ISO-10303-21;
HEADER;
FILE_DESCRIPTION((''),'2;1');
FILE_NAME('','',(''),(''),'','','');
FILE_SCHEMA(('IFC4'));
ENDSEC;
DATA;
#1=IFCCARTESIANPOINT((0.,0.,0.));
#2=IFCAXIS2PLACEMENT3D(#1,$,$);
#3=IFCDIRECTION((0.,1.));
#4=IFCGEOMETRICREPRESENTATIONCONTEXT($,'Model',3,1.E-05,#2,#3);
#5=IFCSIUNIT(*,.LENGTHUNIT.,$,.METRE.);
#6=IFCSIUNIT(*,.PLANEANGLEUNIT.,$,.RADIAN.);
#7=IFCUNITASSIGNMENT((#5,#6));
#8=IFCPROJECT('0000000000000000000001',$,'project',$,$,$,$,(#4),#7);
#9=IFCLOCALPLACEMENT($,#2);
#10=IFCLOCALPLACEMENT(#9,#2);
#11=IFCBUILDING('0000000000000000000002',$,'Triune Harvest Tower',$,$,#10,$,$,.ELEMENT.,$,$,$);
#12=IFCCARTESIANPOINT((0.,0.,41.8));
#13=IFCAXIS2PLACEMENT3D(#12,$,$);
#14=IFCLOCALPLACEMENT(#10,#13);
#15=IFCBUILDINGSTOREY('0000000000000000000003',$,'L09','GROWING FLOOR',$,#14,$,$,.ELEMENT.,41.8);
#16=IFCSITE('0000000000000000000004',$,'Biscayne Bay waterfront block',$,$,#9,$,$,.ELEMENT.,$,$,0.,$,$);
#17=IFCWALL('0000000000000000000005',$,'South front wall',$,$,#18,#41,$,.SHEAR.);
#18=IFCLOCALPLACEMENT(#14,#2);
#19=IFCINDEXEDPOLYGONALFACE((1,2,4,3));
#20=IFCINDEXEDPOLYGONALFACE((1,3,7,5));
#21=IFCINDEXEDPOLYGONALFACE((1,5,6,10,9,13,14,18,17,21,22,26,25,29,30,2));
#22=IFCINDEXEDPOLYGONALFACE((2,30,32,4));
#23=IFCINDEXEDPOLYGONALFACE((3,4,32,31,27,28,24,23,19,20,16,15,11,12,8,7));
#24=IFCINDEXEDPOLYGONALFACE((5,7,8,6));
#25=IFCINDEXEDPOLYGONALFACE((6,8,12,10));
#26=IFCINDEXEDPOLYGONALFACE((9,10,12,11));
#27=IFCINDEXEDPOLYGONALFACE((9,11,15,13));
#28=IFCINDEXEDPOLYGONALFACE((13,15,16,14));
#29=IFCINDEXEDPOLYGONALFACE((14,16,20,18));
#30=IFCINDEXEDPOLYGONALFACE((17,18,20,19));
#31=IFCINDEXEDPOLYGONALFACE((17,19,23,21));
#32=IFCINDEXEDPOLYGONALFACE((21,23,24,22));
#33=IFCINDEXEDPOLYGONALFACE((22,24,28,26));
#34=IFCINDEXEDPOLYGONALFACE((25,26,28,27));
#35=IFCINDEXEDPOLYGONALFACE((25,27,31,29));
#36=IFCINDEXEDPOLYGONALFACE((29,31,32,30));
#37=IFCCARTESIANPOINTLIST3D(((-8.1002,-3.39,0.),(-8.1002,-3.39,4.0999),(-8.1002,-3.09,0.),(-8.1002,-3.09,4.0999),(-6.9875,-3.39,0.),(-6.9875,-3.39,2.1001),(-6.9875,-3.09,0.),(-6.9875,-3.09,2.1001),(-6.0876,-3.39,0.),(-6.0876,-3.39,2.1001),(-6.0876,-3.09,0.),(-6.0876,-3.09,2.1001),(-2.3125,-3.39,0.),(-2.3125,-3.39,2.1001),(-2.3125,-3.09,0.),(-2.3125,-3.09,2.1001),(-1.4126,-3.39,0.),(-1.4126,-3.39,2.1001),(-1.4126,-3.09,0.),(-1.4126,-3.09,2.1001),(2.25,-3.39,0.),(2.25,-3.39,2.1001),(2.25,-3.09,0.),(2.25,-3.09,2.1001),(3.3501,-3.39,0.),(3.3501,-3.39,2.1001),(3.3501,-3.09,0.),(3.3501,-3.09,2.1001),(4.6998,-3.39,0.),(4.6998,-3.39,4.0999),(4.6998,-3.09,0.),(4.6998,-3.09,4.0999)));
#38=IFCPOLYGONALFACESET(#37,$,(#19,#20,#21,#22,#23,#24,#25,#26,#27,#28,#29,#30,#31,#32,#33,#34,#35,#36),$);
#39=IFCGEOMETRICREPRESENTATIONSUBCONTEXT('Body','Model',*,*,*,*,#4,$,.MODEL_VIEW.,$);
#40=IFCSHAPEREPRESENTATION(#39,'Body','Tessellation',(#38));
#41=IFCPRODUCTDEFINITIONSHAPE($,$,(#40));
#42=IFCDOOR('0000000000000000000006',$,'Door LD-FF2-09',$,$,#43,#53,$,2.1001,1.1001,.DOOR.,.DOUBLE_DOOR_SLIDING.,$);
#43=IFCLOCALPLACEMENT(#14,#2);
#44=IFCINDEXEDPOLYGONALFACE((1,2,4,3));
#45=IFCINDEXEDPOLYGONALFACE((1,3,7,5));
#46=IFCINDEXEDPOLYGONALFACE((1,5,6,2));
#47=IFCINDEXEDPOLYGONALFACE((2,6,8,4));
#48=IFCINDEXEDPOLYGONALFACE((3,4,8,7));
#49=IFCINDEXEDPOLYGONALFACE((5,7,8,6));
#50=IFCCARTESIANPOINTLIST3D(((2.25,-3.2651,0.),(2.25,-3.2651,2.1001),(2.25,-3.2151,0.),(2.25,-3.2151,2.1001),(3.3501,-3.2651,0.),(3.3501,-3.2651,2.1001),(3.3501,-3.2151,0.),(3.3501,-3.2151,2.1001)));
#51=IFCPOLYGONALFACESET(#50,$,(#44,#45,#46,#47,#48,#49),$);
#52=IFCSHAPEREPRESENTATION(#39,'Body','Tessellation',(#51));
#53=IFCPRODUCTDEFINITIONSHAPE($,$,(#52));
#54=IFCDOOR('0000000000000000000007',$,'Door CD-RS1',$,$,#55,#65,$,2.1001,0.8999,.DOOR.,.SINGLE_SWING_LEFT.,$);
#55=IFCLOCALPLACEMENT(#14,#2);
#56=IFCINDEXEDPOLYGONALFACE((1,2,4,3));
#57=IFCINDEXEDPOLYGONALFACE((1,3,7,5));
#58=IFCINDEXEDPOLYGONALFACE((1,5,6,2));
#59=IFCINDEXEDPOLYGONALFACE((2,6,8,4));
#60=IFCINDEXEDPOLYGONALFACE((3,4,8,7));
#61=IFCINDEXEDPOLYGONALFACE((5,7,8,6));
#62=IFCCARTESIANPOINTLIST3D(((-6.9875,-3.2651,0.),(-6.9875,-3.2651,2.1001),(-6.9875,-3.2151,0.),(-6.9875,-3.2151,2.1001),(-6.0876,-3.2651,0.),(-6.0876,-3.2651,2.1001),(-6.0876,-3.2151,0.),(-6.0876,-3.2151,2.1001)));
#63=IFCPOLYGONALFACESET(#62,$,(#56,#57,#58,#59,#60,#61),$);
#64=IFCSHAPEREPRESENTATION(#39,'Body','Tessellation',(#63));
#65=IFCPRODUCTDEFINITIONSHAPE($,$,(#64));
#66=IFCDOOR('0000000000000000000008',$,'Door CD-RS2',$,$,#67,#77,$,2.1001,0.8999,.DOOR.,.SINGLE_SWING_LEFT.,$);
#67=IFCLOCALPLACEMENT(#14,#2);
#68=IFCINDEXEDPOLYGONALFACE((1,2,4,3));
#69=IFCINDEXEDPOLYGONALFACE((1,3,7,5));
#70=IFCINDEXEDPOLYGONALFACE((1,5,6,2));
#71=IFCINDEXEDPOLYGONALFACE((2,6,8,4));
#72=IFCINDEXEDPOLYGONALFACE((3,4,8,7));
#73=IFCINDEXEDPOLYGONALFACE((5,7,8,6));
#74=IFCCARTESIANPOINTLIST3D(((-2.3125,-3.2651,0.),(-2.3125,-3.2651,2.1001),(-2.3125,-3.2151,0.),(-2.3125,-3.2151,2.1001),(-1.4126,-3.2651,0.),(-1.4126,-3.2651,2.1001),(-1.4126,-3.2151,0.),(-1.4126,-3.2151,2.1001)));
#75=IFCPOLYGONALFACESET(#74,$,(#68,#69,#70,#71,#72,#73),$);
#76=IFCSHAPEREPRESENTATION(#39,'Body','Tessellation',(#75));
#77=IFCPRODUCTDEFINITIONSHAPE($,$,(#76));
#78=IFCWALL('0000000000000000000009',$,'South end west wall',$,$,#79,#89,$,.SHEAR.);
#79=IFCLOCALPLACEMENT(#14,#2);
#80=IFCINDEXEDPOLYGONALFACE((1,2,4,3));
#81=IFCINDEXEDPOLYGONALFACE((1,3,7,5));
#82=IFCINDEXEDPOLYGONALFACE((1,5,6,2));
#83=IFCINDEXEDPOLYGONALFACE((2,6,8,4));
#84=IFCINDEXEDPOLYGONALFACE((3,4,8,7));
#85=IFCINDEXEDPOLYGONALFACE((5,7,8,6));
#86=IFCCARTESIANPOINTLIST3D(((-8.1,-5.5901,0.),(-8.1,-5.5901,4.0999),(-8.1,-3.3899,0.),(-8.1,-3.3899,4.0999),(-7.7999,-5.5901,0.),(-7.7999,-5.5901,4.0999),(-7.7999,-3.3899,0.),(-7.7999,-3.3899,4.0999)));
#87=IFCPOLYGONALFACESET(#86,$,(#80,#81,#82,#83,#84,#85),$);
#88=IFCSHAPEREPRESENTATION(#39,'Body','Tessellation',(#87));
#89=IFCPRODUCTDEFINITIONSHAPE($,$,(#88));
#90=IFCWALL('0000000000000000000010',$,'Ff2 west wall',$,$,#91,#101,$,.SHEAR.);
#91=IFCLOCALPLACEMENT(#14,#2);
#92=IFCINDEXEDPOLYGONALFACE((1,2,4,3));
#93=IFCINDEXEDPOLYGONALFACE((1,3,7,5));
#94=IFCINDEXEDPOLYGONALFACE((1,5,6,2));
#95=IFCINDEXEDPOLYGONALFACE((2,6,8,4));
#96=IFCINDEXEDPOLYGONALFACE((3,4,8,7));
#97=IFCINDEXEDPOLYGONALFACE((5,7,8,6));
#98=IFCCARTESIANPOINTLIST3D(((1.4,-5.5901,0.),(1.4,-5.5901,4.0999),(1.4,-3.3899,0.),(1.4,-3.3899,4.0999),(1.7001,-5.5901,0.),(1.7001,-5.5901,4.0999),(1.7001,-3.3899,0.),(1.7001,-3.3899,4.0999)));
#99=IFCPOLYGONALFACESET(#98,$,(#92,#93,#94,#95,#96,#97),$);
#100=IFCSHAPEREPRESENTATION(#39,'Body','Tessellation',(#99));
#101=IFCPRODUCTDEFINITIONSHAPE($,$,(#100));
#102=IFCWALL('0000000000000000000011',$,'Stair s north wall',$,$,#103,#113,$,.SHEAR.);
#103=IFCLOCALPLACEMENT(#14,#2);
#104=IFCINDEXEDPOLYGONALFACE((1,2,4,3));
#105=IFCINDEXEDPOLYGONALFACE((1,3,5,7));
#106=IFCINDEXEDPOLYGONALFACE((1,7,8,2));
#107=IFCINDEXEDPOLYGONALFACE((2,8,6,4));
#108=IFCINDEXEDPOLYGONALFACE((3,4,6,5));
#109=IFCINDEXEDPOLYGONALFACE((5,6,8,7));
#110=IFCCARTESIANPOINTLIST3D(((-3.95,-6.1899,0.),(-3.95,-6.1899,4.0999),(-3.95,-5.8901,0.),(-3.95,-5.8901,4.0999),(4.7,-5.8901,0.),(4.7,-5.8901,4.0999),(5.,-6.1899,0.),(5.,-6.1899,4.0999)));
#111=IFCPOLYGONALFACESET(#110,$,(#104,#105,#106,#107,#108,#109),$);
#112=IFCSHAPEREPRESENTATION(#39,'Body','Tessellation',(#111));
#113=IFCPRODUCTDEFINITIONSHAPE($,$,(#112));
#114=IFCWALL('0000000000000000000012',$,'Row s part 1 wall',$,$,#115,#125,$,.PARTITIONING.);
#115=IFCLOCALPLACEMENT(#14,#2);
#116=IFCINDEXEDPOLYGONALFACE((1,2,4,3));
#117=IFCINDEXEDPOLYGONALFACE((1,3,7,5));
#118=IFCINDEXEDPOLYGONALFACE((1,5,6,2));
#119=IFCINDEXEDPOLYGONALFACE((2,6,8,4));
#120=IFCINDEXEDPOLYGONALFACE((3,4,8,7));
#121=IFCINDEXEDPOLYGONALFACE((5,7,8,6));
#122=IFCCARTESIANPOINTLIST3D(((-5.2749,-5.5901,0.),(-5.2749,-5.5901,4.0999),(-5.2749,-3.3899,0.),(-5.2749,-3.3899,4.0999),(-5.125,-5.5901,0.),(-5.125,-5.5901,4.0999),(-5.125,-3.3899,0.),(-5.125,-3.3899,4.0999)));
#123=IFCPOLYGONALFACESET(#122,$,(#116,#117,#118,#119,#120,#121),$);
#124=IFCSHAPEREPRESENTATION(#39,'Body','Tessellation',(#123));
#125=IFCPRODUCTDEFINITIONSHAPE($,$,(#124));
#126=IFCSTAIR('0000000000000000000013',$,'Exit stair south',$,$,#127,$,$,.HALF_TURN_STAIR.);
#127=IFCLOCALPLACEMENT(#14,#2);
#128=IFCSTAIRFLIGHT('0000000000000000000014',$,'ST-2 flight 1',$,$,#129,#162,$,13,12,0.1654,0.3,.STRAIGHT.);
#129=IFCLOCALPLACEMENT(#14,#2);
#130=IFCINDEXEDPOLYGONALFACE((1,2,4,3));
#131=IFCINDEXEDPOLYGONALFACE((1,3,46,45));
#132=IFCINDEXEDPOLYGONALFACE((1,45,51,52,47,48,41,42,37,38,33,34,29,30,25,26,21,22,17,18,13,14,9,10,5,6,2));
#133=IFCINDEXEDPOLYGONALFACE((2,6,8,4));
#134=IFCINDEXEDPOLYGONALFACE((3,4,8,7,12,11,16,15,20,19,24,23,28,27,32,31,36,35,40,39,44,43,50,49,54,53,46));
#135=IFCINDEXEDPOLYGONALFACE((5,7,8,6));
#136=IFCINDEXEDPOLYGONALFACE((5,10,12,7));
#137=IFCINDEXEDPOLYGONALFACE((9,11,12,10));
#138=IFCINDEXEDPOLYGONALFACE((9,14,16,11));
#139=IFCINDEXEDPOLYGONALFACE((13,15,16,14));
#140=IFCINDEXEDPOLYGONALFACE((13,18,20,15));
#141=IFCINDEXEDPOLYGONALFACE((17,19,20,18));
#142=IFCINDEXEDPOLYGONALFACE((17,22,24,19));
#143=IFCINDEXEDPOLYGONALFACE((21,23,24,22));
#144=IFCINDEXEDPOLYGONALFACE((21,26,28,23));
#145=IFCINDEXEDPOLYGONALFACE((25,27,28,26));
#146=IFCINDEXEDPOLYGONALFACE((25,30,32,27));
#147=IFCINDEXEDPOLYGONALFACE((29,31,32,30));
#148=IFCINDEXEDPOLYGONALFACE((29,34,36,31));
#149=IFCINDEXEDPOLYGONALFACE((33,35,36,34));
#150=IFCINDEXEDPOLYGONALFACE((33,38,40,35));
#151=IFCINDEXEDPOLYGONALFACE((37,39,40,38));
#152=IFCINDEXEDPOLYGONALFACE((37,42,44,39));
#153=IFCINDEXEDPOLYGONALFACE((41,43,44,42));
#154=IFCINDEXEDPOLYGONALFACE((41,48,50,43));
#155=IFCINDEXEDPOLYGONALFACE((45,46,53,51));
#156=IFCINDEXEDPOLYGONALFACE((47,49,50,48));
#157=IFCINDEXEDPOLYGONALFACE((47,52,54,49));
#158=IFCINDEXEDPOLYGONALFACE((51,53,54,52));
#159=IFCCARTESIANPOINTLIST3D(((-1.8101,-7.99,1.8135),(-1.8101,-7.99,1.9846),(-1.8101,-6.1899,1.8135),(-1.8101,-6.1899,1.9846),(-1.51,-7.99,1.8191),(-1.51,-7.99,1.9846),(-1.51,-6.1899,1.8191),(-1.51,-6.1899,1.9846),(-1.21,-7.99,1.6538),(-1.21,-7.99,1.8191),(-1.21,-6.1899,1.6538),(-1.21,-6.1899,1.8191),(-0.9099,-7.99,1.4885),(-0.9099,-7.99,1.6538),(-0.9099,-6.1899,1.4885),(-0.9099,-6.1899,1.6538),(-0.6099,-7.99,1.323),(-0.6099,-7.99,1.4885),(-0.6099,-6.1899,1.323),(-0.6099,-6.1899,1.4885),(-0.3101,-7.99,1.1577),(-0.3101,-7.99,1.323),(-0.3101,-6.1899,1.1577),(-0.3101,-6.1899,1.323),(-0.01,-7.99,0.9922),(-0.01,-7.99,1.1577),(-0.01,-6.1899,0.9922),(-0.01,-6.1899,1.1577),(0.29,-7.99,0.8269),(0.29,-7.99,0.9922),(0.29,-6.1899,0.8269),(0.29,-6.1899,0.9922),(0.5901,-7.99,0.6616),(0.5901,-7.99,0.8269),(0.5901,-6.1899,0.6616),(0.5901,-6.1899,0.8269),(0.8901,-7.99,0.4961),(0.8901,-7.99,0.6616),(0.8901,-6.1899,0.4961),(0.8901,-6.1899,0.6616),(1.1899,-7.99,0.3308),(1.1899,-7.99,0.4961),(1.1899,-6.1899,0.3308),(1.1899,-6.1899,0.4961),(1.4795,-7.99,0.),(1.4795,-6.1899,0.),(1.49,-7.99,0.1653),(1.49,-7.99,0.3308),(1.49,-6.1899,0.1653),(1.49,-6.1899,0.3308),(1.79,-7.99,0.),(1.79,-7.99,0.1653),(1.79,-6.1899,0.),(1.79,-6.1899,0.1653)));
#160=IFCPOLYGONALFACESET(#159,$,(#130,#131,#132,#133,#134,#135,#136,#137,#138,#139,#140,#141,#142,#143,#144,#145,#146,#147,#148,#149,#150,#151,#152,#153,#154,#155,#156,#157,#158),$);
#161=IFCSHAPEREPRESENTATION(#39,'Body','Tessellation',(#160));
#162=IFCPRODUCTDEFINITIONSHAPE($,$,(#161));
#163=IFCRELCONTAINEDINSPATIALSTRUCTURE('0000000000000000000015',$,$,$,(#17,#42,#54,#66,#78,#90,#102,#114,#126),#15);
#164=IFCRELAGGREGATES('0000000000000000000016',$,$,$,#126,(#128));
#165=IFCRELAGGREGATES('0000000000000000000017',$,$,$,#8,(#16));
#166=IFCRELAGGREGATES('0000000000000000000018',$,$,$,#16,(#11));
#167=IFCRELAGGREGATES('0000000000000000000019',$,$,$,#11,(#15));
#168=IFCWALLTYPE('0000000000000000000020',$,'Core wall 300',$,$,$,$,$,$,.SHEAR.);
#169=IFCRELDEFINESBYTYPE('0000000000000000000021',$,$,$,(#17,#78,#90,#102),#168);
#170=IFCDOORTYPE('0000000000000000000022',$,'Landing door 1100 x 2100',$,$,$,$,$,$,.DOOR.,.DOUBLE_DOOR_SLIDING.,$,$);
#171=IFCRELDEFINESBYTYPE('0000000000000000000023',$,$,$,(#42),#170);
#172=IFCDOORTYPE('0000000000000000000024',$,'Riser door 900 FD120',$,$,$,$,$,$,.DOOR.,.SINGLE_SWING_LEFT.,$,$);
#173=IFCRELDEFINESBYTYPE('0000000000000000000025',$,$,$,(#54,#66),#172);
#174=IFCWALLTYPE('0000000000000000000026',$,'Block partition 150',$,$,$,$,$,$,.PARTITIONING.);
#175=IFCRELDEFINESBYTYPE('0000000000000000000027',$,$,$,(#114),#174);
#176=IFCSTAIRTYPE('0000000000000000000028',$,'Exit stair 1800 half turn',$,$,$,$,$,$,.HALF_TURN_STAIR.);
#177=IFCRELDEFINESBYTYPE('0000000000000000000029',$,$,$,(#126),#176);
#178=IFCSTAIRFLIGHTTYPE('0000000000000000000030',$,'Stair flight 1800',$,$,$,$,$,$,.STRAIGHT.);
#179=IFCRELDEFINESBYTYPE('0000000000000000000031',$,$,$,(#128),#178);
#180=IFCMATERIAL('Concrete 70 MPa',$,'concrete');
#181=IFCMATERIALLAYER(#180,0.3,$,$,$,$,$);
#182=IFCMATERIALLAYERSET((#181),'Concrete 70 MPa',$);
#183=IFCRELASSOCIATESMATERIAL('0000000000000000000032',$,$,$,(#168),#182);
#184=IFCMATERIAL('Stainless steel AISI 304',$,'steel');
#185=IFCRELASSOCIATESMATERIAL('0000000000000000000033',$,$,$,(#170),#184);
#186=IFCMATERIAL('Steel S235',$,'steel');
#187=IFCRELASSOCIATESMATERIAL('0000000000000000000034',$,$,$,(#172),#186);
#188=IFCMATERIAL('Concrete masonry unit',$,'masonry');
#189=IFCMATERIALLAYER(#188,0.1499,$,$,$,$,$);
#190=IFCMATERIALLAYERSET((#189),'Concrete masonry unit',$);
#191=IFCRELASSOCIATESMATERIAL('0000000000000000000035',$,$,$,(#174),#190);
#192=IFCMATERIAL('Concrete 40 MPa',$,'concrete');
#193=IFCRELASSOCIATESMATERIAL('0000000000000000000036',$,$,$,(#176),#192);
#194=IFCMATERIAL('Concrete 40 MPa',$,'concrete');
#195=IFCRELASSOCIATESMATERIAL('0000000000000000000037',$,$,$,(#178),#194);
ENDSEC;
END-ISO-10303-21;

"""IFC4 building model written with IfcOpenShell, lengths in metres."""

from ifc_helpers import new_model, si_unit, direction, frame, frame_2d, origin, place, context, subcontext, project, spatial, polyline, rectangle, outline, extrude, source, transform, mapped, material, layer, layer_set, type_object, element, fill, aggregate, save


model = new_model("IFC4")

# Units and contexts
model_context = context("Model", 3, precision=1e-05, world=origin(), true_north=direction((0.0, 1.0)))
body_context = subcontext(model_context, "Body", "Model", "MODEL_VIEW")
ifc_project = project(units=[si_unit("LENGTHUNIT", "METRE"), si_unit("PLANEANGLEUNIT", "RADIAN")], contexts=[model_context])

# Site, building, storey
site_placement = place(None, origin())
site = spatial("IfcSite", under=ifc_project, at=site_placement, Name="Biscayne Bay waterfront block", CompositionType="ELEMENT", RefElevation=0.0)
building_placement = place(site_placement, origin())
building = spatial("IfcBuilding", under=site, at=building_placement, Name="Triune Harvest Tower", CompositionType="ELEMENT")
storey_placement = place(building_placement, frame((0.0, 0.0, 41.8)))
storey = spatial("IfcBuildingStorey", under=building, at=storey_placement, Name="L09", Description="GROWING FLOOR", CompositionType="ELEMENT", Elevation=41.8)

# Shared definitions
ifc_material_1 = material(Name="Concrete 70 MPa", Category="concrete")
ifc_layer_1 = layer(ifc_material_1, 0.3)
ifc_layer_set_1 = layer_set([ifc_layer_1], Name="Concrete 70 MPa")
wall_type_1 = type_object("IfcWallType", Name="Core wall 300", PredefinedType="SHEAR", material=ifc_layer_set_1)

# Wall, openings, doors
shared_shape_1 = source(origin(), body_context, "Body", "SweptSolid", [
    extrude(rectangle(XDim=12.8, YDim=0.3, at=frame_2d((6.3999, 0.0))), origin(), (0.0, 0.0, 1.0), 4.0999),
])
wall_1_placement = place(storey_placement, frame((-8.1001, -3.24, 0.0), z_axis=(0.0, 0.0, 1.0), x_axis=(1.0, 0.0, 0.0)))
wall_1 = element("IfcWall", 1, at=wall_1_placement, inside=storey, type_object=wall_type_1, Name="South front wall", PredefinedType="SHEAR", context=body_context, shape_type="MappedRepresentation", body=[
    mapped(shared_shape_1, transform((0.0, 0.0, 0.0), scale=1.0)),
])
opening_1_placement = place(wall_1_placement, frame((1.1125, 0.0, 0.0)))
opening_1 = element("IfcOpeningElement", 2, at=opening_1_placement, cuts=wall_1, PredefinedType="OPENING", context=body_context, shape_type="SweptSolid", body=[
    extrude(rectangle(XDim=0.8999, YDim=2.1001, at=frame_2d((0.45, 1.05))), frame((0.0, 0.1602, 0.0), z_axis=(0.0, -1.0, 0.0), x_axis=(1.0, 0.0, 0.0)), (0.0, 0.0, 1.0), 0.3201),
])
opening_2_placement = place(wall_1_placement, frame((5.7876, 0.0, 0.0)))
opening_2 = element("IfcOpeningElement", 3, at=opening_2_placement, cuts=wall_1, PredefinedType="OPENING", context=body_context, shape_type="SweptSolid", body=[
    extrude(rectangle(XDim=0.8999, YDim=2.1001, at=frame_2d((0.45, 1.05))), frame((0.0, 0.1602, 0.0), z_axis=(0.0, -1.0, 0.0), x_axis=(1.0, 0.0, 0.0)), (0.0, 0.0, 1.0), 0.3201),
])
opening_3_placement = place(wall_1_placement, frame((10.3501, 0.0, 0.0)))
opening_3 = element("IfcOpeningElement", 4, at=opening_3_placement, cuts=wall_1, PredefinedType="OPENING", context=body_context, shape_type="SweptSolid", body=[
    extrude(rectangle(XDim=1.1001, YDim=2.1001, at=frame_2d((0.55, 1.05))), frame((0.0, 0.1602, 0.0), z_axis=(0.0, -1.0, 0.0), x_axis=(1.0, 0.0, 0.0)), (0.0, 0.0, 1.0), 0.3201),
])
ifc_material_2 = material(Name="Stainless steel AISI 304", Category="steel")
door_type_1 = type_object("IfcDoorType", Name="Landing door 1100 x 2100", OperationType="DOUBLE_DOOR_SLIDING", PredefinedType="DOOR", material=ifc_material_2)
door_1_placement = place(opening_3_placement, origin())
door_1 = element("IfcDoor", 5, at=door_1_placement, inside=storey, type_object=door_type_1, Name="Door LD-FF2-09", OperationType="DOUBLE_DOOR_SLIDING", OverallHeight=2.1001, OverallWidth=1.1001, PredefinedType="DOOR", context=body_context, shape_type="SweptSolid", body=[
    extrude(rectangle(XDim=1.1001, YDim=2.1001, at=frame_2d((0.55, 1.05))), frame((0.0, 0.0249, 0.0), z_axis=(0.0, -1.0, 0.0), x_axis=(1.0, 0.0, 0.0)), (0.0, 0.0, 1.0), 0.05),
])
fill(opening_3, door_1)
ifc_material_3 = material(Name="Steel S235", Category="steel")
door_type_2 = type_object("IfcDoorType", Name="Riser door 900 FD120", OperationType="SINGLE_SWING_LEFT", PredefinedType="DOOR", material=ifc_material_3)
door_2_placement = place(opening_1_placement, origin())
door_2 = element("IfcDoor", 6, at=door_2_placement, inside=storey, type_object=door_type_2, Name="Door CD-RS1", OperationType="SINGLE_SWING_LEFT", OverallHeight=2.1001, OverallWidth=0.8999, PredefinedType="DOOR", context=body_context, shape_type="SweptSolid", body=[
    extrude(rectangle(XDim=0.8999, YDim=2.1001, at=frame_2d((0.45, 1.05))), frame((0.0, 0.0249, 0.0), z_axis=(0.0, -1.0, 0.0), x_axis=(1.0, 0.0, 0.0)), (0.0, 0.0, 1.0), 0.05),
])
fill(opening_1, door_2)
door_3_placement = place(opening_2_placement, origin())
door_3 = element("IfcDoor", 7, at=door_3_placement, inside=storey, type_object=door_type_2, Name="Door CD-RS2", OperationType="SINGLE_SWING_LEFT", OverallHeight=2.1001, OverallWidth=0.8999, PredefinedType="DOOR", context=body_context, shape_type="SweptSolid", body=[
    extrude(rectangle(XDim=0.8999, YDim=2.1001, at=frame_2d((0.45, 1.05))), frame((0.0, 0.0249, 0.0), z_axis=(0.0, -1.0, 0.0), x_axis=(1.0, 0.0, 0.0)), (0.0, 0.0, 1.0), 0.05),
])
fill(opening_2, door_3)

# Walls
shared_shape_2 = source(origin(), body_context, "Body", "SweptSolid", [
    extrude(rectangle(XDim=2.2002, YDim=0.3, at=frame_2d((1.1001, 0.0))), origin(), (0.0, 0.0, 1.0), 4.0999),
])
for number, where, z_axis, x_axis, name in (
    (8, (-7.95, -5.5901, 0.0), (0.0, 0.0, 1.0), (0.0, 1.0, 0.0), "South end west wall"),
    (9, (1.55, -5.5901, 0.0), (0.0, 0.0, 1.0), (0.0, 1.0, 0.0), "Ff2 west wall"),
):
    element("IfcWall", number, at=place(storey_placement, frame(where, z_axis=z_axis, x_axis=x_axis)), inside=storey, type_object=wall_type_1, Name=name, PredefinedType="SHEAR", context=body_context, shape_type="MappedRepresentation", body=[
        mapped(shared_shape_2, transform((0.0, 0.0, 0.0), scale=1.0)),
    ])
shared_shape_3 = source(origin(), body_context, "Body", "SweptSolid", [
    extrude(outline(polyline([(0.0, -0.1499), (8.95, -0.1499), (8.6499, 0.1499), (0.0, 0.1499), (0.0, -0.1499)])), origin(), (0.0, 0.0, 1.0), 4.0999),
])
wall_2_placement = place(storey_placement, frame((-3.95, -6.04, 0.0), z_axis=(0.0, 0.0, 1.0), x_axis=(1.0, 0.0, 0.0)))
element("IfcWall", 10, at=wall_2_placement, inside=storey, type_object=wall_type_1, Name="Stair s north wall", PredefinedType="SHEAR", context=body_context, shape_type="MappedRepresentation", body=[
    mapped(shared_shape_3, transform((0.0, 0.0, 0.0), scale=1.0)),
])
ifc_material_4 = material(Name="Concrete masonry unit", Category="masonry")
ifc_layer_2 = layer(ifc_material_4, 0.1499)
ifc_layer_set_2 = layer_set([ifc_layer_2], Name="Concrete masonry unit")
wall_type_2 = type_object("IfcWallType", Name="Block partition 150", PredefinedType="PARTITIONING", material=ifc_layer_set_2)
shared_shape_4 = source(origin(), body_context, "Body", "SweptSolid", [
    extrude(rectangle(XDim=2.2002, YDim=0.1499, at=frame_2d((1.1001, 0.0))), origin(), (0.0, 0.0, 1.0), 4.0999),
])
wall_3_placement = place(storey_placement, frame((-5.2, -5.5901, 0.0), z_axis=(0.0, 0.0, 1.0), x_axis=(0.0, 1.0, 0.0)))
element("IfcWall", 11, at=wall_3_placement, inside=storey, type_object=wall_type_2, Name="Row s part 1 wall", PredefinedType="PARTITIONING", context=body_context, shape_type="MappedRepresentation", body=[
    mapped(shared_shape_4, transform((0.0, 0.0, 0.0), scale=1.0)),
])

# Stair, stair flight
ifc_material_5 = material(Name="Concrete 40 MPa", Category="concrete")
stair_type = type_object("IfcStairType", Name="Exit stair 1800 half turn", PredefinedType="HALF_TURN_STAIR", material=ifc_material_5)
stair_placement = place(storey_placement, origin())
stair = element("IfcStair", 12, at=stair_placement, inside=storey, type_object=stair_type, Name="Exit stair south", PredefinedType="HALF_TURN_STAIR")
ifc_material_6 = material(Name="Concrete 40 MPa", Category="concrete")
stair_flight_type = type_object("IfcStairFlightType", Name="Stair flight 1800", PredefinedType="STRAIGHT", material=ifc_material_6)
shared_shape_5 = source(origin(), body_context, "Body", "SweptSolid", [
    extrude(outline(polyline([(0.0, 0.0), (0.0, 0.1653), (0.3, 0.1653), (0.3, 0.3308), (0.6001, 0.3308), (0.6001, 0.4961), (0.8999, 0.4961), (0.8999, 0.6616), (1.2, 0.6616), (1.2, 0.8269), (1.5, 0.8269), (1.5, 0.9922), (1.8, 0.9922), (1.8, 1.1577), (2.1001, 1.1577), (2.1001, 1.323), (2.3999, 1.323), (2.3999, 1.4885), (2.7, 1.4885), (2.7, 1.6538), (3.0, 1.6538), (3.0, 1.8191), (3.3, 1.8191), (3.3, 1.9846), (3.6001, 1.9846), (3.6001, 2.1499), (3.6001, 1.8135), (0.3105, 0.0), (0.0, 0.0)])), frame((0.0, 0.8999, 0.0), z_axis=(0.0, -1.0, 0.0), x_axis=(1.0, 0.0, 0.0)), (0.0, 0.0, 1.0), 1.8),
])
stair_flight_placement = place(storey_placement, frame((1.79, -7.0901, 0.0), z_axis=(0.0, 0.0, 1.0), x_axis=(-1.0, 0.0, 0.0)))
stair_flight = element("IfcStairFlight", 13, at=stair_flight_placement, type_object=stair_flight_type, Name="ST-2 flight 1", NumberOfRisers=13, NumberOfTreads=12, PredefinedType="STRAIGHT", RiserHeight=0.1654, TreadLength=0.3, context=body_context, shape_type="MappedRepresentation", body=[
    mapped(shared_shape_5, transform((0.0, 0.0, 0.0), scale=1.0)),
])
aggregate(stair, [stair_flight])

save(model, "model.ifc")
